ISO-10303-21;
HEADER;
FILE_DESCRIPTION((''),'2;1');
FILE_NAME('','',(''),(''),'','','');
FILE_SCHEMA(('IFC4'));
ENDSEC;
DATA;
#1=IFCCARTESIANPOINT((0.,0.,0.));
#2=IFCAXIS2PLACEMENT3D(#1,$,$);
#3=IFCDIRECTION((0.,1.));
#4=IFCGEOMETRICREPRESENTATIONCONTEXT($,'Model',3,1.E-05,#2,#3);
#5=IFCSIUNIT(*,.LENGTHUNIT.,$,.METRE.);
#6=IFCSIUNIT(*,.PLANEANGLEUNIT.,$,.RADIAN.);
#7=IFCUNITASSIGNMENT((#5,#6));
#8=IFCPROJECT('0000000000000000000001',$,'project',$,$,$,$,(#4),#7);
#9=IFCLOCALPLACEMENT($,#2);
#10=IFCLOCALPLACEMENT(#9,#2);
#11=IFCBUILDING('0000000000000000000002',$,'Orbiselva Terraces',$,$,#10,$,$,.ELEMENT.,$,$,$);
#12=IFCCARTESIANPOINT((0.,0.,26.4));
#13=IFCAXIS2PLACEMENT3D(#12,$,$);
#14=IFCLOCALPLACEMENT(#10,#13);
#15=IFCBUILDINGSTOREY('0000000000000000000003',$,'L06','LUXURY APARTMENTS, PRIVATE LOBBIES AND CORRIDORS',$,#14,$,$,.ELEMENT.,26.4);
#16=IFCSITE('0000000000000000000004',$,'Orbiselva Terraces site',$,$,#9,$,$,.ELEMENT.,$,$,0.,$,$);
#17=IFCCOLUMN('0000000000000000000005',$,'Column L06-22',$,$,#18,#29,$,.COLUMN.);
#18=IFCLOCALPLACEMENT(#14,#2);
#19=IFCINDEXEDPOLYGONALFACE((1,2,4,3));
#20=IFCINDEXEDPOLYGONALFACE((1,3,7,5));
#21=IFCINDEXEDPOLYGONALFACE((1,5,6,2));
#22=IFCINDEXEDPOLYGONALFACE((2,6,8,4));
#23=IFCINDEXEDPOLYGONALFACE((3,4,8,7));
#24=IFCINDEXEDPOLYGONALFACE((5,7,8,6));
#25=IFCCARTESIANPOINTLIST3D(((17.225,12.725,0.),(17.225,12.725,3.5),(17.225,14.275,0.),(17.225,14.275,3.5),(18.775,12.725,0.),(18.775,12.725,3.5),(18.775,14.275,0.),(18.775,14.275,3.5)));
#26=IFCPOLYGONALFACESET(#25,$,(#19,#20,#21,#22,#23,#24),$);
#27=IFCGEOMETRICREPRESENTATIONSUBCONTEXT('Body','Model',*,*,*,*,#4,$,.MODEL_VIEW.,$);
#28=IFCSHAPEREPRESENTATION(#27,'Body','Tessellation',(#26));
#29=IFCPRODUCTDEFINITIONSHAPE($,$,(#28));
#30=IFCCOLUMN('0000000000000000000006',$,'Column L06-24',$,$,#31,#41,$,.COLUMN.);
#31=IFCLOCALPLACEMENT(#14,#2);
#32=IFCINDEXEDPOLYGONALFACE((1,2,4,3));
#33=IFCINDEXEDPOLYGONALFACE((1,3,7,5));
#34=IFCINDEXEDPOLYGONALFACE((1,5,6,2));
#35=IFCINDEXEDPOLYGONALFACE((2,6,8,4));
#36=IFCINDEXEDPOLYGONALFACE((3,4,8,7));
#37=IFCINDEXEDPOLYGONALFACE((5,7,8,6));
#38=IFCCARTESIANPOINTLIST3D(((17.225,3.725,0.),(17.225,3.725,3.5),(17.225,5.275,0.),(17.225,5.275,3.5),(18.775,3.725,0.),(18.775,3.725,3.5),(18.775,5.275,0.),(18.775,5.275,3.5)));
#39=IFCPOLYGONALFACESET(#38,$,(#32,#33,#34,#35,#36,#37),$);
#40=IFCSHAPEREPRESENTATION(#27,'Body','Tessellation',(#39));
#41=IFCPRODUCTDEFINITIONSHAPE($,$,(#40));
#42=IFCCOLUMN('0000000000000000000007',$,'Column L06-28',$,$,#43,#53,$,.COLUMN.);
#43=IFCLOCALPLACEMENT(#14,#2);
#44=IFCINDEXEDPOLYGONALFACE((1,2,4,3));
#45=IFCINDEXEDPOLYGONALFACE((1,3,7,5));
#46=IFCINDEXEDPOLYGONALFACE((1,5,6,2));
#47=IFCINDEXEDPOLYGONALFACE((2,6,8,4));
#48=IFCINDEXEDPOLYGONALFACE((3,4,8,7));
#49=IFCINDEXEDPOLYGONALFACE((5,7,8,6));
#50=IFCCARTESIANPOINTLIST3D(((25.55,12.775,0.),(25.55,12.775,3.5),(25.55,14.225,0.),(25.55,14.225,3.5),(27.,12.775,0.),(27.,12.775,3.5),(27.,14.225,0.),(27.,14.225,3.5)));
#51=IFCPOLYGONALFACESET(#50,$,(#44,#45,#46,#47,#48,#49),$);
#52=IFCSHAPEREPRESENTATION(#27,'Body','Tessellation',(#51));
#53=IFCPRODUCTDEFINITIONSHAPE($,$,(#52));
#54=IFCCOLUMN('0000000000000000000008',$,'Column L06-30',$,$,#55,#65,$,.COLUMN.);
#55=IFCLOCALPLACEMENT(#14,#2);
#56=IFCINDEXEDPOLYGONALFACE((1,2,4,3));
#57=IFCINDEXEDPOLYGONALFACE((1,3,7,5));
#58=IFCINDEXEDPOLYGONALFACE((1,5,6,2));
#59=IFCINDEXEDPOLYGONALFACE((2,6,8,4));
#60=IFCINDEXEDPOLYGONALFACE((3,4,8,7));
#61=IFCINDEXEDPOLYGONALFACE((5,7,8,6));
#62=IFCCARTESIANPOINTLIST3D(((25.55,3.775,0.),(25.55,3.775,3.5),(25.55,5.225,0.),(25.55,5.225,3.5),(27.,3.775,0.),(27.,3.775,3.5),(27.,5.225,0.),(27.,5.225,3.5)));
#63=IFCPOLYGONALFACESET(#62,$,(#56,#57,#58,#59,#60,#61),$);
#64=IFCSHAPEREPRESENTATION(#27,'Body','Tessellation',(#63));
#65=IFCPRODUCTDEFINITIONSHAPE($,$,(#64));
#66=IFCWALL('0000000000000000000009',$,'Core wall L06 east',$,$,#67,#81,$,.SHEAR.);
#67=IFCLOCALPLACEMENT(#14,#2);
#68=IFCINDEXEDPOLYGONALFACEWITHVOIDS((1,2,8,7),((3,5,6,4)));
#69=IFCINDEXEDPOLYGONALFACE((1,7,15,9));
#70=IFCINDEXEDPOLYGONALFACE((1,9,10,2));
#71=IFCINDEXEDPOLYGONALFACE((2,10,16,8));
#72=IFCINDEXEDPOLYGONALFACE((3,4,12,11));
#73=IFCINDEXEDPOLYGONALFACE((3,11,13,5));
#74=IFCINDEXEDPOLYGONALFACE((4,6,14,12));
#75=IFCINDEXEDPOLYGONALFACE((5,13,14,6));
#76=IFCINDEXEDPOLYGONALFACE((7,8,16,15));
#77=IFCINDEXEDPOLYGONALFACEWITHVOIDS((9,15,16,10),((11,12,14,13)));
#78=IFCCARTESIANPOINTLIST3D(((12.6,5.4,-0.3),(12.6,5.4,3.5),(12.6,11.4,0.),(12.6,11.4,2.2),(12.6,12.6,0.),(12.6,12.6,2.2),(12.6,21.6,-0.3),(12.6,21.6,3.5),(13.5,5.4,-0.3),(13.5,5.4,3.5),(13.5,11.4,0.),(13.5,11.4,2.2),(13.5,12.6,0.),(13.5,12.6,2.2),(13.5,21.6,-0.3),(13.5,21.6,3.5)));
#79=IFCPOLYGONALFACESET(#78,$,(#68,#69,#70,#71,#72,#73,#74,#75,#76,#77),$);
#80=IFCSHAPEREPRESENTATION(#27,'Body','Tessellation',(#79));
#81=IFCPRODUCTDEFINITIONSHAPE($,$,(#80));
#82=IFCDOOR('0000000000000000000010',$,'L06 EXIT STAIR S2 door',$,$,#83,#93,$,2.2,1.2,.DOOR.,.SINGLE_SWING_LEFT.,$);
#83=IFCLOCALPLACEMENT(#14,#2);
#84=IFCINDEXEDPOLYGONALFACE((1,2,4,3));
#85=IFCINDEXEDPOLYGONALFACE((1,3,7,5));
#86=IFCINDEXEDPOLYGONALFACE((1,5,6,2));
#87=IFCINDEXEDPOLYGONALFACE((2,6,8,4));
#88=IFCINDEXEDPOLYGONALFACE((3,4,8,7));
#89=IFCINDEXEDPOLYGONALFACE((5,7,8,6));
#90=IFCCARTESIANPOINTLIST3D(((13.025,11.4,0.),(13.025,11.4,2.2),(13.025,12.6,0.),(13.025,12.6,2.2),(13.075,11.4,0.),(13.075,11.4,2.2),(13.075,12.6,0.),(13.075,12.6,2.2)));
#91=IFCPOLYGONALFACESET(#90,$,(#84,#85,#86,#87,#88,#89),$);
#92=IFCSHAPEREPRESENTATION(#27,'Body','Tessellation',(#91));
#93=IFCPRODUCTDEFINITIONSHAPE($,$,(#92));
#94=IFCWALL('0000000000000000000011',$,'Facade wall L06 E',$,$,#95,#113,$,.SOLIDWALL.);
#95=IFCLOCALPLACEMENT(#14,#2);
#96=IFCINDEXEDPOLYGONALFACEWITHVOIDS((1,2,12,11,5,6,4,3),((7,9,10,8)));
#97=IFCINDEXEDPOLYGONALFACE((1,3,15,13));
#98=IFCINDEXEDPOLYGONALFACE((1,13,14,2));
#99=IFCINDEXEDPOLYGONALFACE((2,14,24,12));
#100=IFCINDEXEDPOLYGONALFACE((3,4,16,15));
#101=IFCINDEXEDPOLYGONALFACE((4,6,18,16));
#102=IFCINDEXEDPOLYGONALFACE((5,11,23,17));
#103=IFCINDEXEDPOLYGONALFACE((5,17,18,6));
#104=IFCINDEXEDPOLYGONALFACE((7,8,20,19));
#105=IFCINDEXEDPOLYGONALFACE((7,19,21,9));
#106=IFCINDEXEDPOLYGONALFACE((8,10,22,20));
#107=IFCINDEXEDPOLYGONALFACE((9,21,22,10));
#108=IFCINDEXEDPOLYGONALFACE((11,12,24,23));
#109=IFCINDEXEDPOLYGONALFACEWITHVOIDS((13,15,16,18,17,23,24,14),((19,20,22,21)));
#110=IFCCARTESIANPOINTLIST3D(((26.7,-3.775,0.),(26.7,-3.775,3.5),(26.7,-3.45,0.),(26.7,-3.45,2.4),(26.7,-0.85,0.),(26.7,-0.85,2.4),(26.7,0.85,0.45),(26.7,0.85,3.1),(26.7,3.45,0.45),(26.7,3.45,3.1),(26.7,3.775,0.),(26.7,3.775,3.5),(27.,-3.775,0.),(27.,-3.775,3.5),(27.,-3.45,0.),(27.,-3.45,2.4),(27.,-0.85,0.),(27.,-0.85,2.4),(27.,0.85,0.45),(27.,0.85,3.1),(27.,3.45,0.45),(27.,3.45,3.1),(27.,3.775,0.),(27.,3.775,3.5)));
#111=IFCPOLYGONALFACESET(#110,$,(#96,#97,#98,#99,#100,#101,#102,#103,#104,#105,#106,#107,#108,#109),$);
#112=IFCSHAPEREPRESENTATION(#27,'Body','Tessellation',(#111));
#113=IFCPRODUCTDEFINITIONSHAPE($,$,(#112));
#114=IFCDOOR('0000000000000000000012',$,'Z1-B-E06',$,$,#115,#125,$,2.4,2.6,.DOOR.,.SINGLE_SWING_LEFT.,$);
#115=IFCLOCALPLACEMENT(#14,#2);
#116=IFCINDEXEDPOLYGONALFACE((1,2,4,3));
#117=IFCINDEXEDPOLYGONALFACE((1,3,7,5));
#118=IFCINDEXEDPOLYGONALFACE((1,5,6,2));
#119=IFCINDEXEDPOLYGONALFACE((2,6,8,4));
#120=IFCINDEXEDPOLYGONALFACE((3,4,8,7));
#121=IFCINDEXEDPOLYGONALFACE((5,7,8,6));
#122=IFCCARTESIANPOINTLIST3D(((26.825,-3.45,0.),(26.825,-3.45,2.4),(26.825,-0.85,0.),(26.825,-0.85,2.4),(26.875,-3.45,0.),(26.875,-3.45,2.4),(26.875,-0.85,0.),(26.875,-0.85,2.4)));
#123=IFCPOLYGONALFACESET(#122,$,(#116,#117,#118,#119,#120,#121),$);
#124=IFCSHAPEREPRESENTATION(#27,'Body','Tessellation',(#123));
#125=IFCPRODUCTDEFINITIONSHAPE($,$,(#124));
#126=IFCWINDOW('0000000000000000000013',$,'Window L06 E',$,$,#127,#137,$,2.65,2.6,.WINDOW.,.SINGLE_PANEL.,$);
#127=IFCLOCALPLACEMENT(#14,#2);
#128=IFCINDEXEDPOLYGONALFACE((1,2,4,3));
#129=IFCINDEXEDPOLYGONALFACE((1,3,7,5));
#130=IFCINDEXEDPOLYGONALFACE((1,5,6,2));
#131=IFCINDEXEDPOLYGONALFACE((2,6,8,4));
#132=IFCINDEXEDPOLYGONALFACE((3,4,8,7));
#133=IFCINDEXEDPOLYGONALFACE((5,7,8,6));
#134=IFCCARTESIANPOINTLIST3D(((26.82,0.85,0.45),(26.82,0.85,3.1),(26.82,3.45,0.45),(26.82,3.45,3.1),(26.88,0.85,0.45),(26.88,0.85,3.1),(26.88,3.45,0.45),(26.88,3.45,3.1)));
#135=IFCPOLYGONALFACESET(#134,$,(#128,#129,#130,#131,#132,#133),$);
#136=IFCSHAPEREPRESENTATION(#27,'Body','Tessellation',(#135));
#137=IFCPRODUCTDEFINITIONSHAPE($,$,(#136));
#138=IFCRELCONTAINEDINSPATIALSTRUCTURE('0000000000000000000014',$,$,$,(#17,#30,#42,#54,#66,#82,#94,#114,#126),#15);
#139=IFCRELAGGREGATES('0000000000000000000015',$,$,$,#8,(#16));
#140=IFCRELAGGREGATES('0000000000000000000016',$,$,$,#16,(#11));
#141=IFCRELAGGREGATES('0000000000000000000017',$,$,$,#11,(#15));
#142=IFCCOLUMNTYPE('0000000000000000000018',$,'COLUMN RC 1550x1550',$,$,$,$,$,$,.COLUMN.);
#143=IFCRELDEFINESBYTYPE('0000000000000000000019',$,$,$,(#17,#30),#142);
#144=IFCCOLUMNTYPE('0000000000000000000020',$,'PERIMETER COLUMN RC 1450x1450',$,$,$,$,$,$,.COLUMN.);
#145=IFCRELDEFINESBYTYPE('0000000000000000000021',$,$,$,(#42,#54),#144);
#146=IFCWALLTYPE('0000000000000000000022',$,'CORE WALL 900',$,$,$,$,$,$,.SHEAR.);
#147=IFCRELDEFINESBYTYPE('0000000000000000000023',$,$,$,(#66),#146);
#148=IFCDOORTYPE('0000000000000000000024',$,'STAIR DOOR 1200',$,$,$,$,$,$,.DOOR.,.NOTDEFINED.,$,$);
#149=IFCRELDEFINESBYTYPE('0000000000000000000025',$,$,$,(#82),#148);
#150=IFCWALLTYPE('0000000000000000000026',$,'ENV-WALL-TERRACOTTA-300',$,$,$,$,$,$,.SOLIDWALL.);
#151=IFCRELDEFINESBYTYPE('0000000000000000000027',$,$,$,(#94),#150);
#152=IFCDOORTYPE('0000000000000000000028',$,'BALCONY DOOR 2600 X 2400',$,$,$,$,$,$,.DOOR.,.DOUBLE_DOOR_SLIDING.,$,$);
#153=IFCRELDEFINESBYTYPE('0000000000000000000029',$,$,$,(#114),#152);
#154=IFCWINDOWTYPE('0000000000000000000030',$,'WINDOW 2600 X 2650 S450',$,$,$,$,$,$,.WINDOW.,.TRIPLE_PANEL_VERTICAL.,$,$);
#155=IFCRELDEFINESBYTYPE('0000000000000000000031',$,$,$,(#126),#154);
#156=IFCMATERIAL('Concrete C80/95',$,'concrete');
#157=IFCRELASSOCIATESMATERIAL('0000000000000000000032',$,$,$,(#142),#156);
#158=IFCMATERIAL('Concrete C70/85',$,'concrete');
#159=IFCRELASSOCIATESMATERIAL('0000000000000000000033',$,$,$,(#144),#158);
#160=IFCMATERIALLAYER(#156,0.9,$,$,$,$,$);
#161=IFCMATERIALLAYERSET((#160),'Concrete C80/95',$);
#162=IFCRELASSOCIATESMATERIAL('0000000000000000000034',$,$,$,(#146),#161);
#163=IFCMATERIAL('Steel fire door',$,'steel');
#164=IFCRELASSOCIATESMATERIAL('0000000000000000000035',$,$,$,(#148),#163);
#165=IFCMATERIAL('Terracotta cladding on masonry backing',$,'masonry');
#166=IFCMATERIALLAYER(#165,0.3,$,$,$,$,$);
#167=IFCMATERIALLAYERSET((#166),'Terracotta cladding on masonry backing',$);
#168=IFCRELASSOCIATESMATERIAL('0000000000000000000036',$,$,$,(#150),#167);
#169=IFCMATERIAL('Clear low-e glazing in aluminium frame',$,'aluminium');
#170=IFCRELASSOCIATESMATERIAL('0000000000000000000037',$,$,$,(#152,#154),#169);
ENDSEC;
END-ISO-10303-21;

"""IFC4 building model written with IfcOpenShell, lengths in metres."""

from ifc_helpers import new_model, si_unit, direction, frame, frame_2d, origin, origin_2d, place, context, subcontext, project, spatial, rectangle, extrude, material, layer, layer_set, material_profile, profile_set, type_object, element, fill, save


model = new_model("IFC4")

# Units and contexts
model_context = context("Model", 3, precision=1e-05, world=origin(), true_north=direction((0.0, 1.0)))
body_context = subcontext(model_context, "Body", "Model", "MODEL_VIEW")
ifc_project = project(units=[si_unit("LENGTHUNIT", "METRE"), si_unit("PLANEANGLEUNIT", "RADIAN")], contexts=[model_context])

# Site, building, storey
site_placement = place(None, origin())
site = spatial("IfcSite", under=ifc_project, at=site_placement, Name="Orbiselva Terraces site", CompositionType="ELEMENT", RefElevation=0.0)
building_placement = place(site_placement, origin())
building = spatial("IfcBuilding", under=site, at=building_placement, Name="Orbiselva Terraces", CompositionType="ELEMENT")
storey_placement = place(building_placement, frame((0.0, 0.0, 26.4)))
storey = spatial("IfcBuildingStorey", under=building, at=storey_placement, Name="L06", Description="LUXURY APARTMENTS, PRIVATE LOBBIES AND CORRIDORS", CompositionType="ELEMENT", Elevation=26.4)

# Columns
ifc_material_1 = material(Name="Concrete C80/95", Category="concrete")
ifc_material_profile_1 = material_profile(ifc_material_1, rectangle(XDim=1.55, YDim=1.55, at=origin_2d()), Name="RC 1550x1550")
ifc_profile_set_1 = profile_set([ifc_material_profile_1], Name="Concrete C80/95")
column_type_1 = type_object("IfcColumnType", Name="COLUMN RC 1550x1550", PredefinedType="COLUMN", material=ifc_profile_set_1)
for number, where, z_axis, x_axis, name in (
    (1, (18.0, 13.5, 0.0), (0.0, 0.0, 1.0), (1.0, 0.0, 0.0), "Column L06-22"),
    (2, (18.0, 4.5, 0.0), (0.0, 0.0, 1.0), (1.0, 0.0, 0.0), "Column L06-24"),
):
    element("IfcColumn", number, at=place(storey_placement, frame(where, z_axis=z_axis, x_axis=x_axis)), inside=storey, type_object=column_type_1, Name=name, PredefinedType="COLUMN", context=body_context, shape_type="SweptSolid", body=[
        extrude(rectangle(XDim=1.55, YDim=1.55, at=origin_2d()), origin(), (0.0, 0.0, 1.0), 3.5),
    ])
ifc_material_2 = material(Name="Concrete C70/85", Category="concrete")
ifc_material_profile_2 = material_profile(ifc_material_2, rectangle(XDim=1.45, YDim=1.45, at=origin_2d()), Name="RC 1450x1450")
ifc_profile_set_2 = profile_set([ifc_material_profile_2], Name="Concrete C70/85")
column_type_2 = type_object("IfcColumnType", Name="PERIMETER COLUMN RC 1450x1450", PredefinedType="COLUMN", material=ifc_profile_set_2)
for number, where, z_axis, x_axis, name in (
    (3, (26.275, 13.5, 0.0), (0.0, 0.0, 1.0), (1.0, 0.0, 0.0), "Column L06-28"),
    (4, (26.275, 4.5, 0.0), (0.0, 0.0, 1.0), (1.0, 0.0, 0.0), "Column L06-30"),
):
    element("IfcColumn", number, at=place(storey_placement, frame(where, z_axis=z_axis, x_axis=x_axis)), inside=storey, type_object=column_type_2, Name=name, PredefinedType="COLUMN", context=body_context, shape_type="SweptSolid", body=[
        extrude(rectangle(XDim=1.45, YDim=1.45, at=origin_2d()), origin(), (0.0, 0.0, 1.0), 3.5),
    ])

# Wall, opening, door
ifc_layer_1 = layer(ifc_material_1, 0.9)
ifc_layer_set_1 = layer_set([ifc_layer_1], Name="Concrete C80/95")
wall_type_1 = type_object("IfcWallType", Name="CORE WALL 900", PredefinedType="SHEAR", material=ifc_layer_set_1)
wall_1_placement = place(storey_placement, frame((13.05, 5.4, -0.3), z_axis=(0.0, 0.0, 1.0), x_axis=(0.0, 1.0, 0.0)))
wall_1 = element("IfcWall", 5, at=wall_1_placement, inside=storey, type_object=wall_type_1, Name="Core wall L06 east", PredefinedType="SHEAR", context=body_context, shape_type="SweptSolid", body=[
    extrude(rectangle(XDim=16.2, YDim=0.9, at=frame_2d((8.1, 0.0))), origin(), (0.0, 0.0, 1.0), 3.8),
])
opening_1_placement = place(wall_1_placement, frame((6.0, 0.0, 0.3)))
opening_1 = element("IfcOpeningElement", 6, at=opening_1_placement, cuts=wall_1, PredefinedType="OPENING", context=body_context, shape_type="SweptSolid", body=[
    extrude(rectangle(XDim=1.2, YDim=2.2, at=frame_2d((0.6, 1.1))), frame((0.0, 0.46, 0.0), z_axis=(0.0, -1.0, 0.0), x_axis=(1.0, 0.0, 0.0)), (0.0, 0.0, 1.0), 0.92),
])
ifc_material_3 = material(Name="Steel fire door", Category="steel")
door_type_1 = type_object("IfcDoorType", Name="STAIR DOOR 1200", OperationType="NOTDEFINED", PredefinedType="DOOR", material=ifc_material_3)
door_1_placement = place(opening_1_placement, frame((1.2, 0.0, 0.0), z_axis=(0.0, 0.0, 1.0), x_axis=(-1.0, 0.0, 0.0)))
door_1 = element("IfcDoor", 7, at=door_1_placement, inside=storey, type_object=door_type_1, Name="L06 EXIT STAIR S2 door", OperationType="SINGLE_SWING_LEFT", OverallHeight=2.2, OverallWidth=1.2, PredefinedType="DOOR", context=body_context, shape_type="SweptSolid", body=[
    extrude(rectangle(XDim=1.2, YDim=2.2, at=frame_2d((0.6, 1.1))), frame((0.0, 0.025, 0.0), z_axis=(0.0, -1.0, 0.0), x_axis=(1.0, 0.0, 0.0)), (0.0, 0.0, 1.0), 0.05),
])
fill(opening_1, door_1)

# Wall, openings, door, window
ifc_material_4 = material(Name="Terracotta cladding on masonry backing", Category="masonry")
ifc_layer_2 = layer(ifc_material_4, 0.3)
ifc_layer_set_2 = layer_set([ifc_layer_2], Name="Terracotta cladding on masonry backing")
wall_type_2 = type_object("IfcWallType", Name="ENV-WALL-TERRACOTTA-300", PredefinedType="SOLIDWALL", material=ifc_layer_set_2)
wall_2_placement = place(storey_placement, frame((26.85, 3.775, 0.0), z_axis=(0.0, 0.0, 1.0), x_axis=(0.0, -1.0, 0.0)))
wall_2 = element("IfcWall", 8, at=wall_2_placement, inside=storey, type_object=wall_type_2, Name="Facade wall L06 E", PredefinedType="SOLIDWALL", context=body_context, shape_type="SweptSolid", body=[
    extrude(rectangle(XDim=7.55, YDim=0.3, at=frame_2d((3.775, 0.0))), origin(), (0.0, 0.0, 1.0), 3.5),
])
opening_2_placement = place(wall_2_placement, frame((4.625, 0.0, 0.0)))
opening_2 = element("IfcOpeningElement", 9, at=opening_2_placement, cuts=wall_2, PredefinedType="OPENING", context=body_context, shape_type="SweptSolid", body=[
    extrude(rectangle(XDim=2.6, YDim=2.4, at=frame_2d((1.3, 1.2))), frame((0.0, 0.16, 0.0), z_axis=(0.0, -1.0, 0.0), x_axis=(1.0, 0.0, 0.0)), (0.0, 0.0, 1.0), 0.32),
])
opening_3_placement = place(wall_2_placement, frame((0.325, 0.0, 0.45)))
opening_3 = element("IfcOpeningElement", 10, at=opening_3_placement, cuts=wall_2, PredefinedType="OPENING", context=body_context, shape_type="SweptSolid", body=[
    extrude(rectangle(XDim=2.6, YDim=2.65, at=frame_2d((1.3, 1.325))), frame((0.0, 0.16, 0.0), z_axis=(0.0, -1.0, 0.0), x_axis=(1.0, 0.0, 0.0)), (0.0, 0.0, 1.0), 0.32),
])
ifc_material_5 = material(Name="Clear low-e glazing in aluminium frame", Category="aluminium")
door_type_2 = type_object("IfcDoorType", Name="BALCONY DOOR 2600 X 2400", OperationType="DOUBLE_DOOR_SLIDING", PredefinedType="DOOR", material=ifc_material_5)
door_2_placement = place(opening_2_placement, origin())
door_2 = element("IfcDoor", 11, at=door_2_placement, inside=storey, type_object=door_type_2, Name="Z1-B-E06", OperationType="SINGLE_SWING_LEFT", OverallHeight=2.4, OverallWidth=2.6, PredefinedType="DOOR", context=body_context, shape_type="SweptSolid", body=[
    extrude(rectangle(XDim=2.6, YDim=2.4, at=frame_2d((1.3, 1.2))), frame((0.0, 0.025, 0.0), z_axis=(0.0, -1.0, 0.0), x_axis=(1.0, 0.0, 0.0)), (0.0, 0.0, 1.0), 0.05),
])
fill(opening_2, door_2)
window_type = type_object("IfcWindowType", Name="WINDOW 2600 X 2650 S450", PartitioningType="TRIPLE_PANEL_VERTICAL", PredefinedType="WINDOW", material=ifc_material_5)
window_1_placement = place(opening_3_placement, origin())
window_1 = element("IfcWindow", 12, at=window_1_placement, inside=storey, type_object=window_type, Name="Window L06 E", OverallHeight=2.65, OverallWidth=2.6, PartitioningType="SINGLE_PANEL", PredefinedType="WINDOW", context=body_context, shape_type="SweptSolid", body=[
    extrude(rectangle(XDim=2.6, YDim=2.65, at=frame_2d((1.3, 1.325))), frame((0.0, 0.03, 0.0), z_axis=(0.0, -1.0, 0.0), x_axis=(1.0, 0.0, 0.0)), (0.0, 0.0, 1.0), 0.06),
])
fill(opening_3, window_1)

save(model, "model.ifc")
